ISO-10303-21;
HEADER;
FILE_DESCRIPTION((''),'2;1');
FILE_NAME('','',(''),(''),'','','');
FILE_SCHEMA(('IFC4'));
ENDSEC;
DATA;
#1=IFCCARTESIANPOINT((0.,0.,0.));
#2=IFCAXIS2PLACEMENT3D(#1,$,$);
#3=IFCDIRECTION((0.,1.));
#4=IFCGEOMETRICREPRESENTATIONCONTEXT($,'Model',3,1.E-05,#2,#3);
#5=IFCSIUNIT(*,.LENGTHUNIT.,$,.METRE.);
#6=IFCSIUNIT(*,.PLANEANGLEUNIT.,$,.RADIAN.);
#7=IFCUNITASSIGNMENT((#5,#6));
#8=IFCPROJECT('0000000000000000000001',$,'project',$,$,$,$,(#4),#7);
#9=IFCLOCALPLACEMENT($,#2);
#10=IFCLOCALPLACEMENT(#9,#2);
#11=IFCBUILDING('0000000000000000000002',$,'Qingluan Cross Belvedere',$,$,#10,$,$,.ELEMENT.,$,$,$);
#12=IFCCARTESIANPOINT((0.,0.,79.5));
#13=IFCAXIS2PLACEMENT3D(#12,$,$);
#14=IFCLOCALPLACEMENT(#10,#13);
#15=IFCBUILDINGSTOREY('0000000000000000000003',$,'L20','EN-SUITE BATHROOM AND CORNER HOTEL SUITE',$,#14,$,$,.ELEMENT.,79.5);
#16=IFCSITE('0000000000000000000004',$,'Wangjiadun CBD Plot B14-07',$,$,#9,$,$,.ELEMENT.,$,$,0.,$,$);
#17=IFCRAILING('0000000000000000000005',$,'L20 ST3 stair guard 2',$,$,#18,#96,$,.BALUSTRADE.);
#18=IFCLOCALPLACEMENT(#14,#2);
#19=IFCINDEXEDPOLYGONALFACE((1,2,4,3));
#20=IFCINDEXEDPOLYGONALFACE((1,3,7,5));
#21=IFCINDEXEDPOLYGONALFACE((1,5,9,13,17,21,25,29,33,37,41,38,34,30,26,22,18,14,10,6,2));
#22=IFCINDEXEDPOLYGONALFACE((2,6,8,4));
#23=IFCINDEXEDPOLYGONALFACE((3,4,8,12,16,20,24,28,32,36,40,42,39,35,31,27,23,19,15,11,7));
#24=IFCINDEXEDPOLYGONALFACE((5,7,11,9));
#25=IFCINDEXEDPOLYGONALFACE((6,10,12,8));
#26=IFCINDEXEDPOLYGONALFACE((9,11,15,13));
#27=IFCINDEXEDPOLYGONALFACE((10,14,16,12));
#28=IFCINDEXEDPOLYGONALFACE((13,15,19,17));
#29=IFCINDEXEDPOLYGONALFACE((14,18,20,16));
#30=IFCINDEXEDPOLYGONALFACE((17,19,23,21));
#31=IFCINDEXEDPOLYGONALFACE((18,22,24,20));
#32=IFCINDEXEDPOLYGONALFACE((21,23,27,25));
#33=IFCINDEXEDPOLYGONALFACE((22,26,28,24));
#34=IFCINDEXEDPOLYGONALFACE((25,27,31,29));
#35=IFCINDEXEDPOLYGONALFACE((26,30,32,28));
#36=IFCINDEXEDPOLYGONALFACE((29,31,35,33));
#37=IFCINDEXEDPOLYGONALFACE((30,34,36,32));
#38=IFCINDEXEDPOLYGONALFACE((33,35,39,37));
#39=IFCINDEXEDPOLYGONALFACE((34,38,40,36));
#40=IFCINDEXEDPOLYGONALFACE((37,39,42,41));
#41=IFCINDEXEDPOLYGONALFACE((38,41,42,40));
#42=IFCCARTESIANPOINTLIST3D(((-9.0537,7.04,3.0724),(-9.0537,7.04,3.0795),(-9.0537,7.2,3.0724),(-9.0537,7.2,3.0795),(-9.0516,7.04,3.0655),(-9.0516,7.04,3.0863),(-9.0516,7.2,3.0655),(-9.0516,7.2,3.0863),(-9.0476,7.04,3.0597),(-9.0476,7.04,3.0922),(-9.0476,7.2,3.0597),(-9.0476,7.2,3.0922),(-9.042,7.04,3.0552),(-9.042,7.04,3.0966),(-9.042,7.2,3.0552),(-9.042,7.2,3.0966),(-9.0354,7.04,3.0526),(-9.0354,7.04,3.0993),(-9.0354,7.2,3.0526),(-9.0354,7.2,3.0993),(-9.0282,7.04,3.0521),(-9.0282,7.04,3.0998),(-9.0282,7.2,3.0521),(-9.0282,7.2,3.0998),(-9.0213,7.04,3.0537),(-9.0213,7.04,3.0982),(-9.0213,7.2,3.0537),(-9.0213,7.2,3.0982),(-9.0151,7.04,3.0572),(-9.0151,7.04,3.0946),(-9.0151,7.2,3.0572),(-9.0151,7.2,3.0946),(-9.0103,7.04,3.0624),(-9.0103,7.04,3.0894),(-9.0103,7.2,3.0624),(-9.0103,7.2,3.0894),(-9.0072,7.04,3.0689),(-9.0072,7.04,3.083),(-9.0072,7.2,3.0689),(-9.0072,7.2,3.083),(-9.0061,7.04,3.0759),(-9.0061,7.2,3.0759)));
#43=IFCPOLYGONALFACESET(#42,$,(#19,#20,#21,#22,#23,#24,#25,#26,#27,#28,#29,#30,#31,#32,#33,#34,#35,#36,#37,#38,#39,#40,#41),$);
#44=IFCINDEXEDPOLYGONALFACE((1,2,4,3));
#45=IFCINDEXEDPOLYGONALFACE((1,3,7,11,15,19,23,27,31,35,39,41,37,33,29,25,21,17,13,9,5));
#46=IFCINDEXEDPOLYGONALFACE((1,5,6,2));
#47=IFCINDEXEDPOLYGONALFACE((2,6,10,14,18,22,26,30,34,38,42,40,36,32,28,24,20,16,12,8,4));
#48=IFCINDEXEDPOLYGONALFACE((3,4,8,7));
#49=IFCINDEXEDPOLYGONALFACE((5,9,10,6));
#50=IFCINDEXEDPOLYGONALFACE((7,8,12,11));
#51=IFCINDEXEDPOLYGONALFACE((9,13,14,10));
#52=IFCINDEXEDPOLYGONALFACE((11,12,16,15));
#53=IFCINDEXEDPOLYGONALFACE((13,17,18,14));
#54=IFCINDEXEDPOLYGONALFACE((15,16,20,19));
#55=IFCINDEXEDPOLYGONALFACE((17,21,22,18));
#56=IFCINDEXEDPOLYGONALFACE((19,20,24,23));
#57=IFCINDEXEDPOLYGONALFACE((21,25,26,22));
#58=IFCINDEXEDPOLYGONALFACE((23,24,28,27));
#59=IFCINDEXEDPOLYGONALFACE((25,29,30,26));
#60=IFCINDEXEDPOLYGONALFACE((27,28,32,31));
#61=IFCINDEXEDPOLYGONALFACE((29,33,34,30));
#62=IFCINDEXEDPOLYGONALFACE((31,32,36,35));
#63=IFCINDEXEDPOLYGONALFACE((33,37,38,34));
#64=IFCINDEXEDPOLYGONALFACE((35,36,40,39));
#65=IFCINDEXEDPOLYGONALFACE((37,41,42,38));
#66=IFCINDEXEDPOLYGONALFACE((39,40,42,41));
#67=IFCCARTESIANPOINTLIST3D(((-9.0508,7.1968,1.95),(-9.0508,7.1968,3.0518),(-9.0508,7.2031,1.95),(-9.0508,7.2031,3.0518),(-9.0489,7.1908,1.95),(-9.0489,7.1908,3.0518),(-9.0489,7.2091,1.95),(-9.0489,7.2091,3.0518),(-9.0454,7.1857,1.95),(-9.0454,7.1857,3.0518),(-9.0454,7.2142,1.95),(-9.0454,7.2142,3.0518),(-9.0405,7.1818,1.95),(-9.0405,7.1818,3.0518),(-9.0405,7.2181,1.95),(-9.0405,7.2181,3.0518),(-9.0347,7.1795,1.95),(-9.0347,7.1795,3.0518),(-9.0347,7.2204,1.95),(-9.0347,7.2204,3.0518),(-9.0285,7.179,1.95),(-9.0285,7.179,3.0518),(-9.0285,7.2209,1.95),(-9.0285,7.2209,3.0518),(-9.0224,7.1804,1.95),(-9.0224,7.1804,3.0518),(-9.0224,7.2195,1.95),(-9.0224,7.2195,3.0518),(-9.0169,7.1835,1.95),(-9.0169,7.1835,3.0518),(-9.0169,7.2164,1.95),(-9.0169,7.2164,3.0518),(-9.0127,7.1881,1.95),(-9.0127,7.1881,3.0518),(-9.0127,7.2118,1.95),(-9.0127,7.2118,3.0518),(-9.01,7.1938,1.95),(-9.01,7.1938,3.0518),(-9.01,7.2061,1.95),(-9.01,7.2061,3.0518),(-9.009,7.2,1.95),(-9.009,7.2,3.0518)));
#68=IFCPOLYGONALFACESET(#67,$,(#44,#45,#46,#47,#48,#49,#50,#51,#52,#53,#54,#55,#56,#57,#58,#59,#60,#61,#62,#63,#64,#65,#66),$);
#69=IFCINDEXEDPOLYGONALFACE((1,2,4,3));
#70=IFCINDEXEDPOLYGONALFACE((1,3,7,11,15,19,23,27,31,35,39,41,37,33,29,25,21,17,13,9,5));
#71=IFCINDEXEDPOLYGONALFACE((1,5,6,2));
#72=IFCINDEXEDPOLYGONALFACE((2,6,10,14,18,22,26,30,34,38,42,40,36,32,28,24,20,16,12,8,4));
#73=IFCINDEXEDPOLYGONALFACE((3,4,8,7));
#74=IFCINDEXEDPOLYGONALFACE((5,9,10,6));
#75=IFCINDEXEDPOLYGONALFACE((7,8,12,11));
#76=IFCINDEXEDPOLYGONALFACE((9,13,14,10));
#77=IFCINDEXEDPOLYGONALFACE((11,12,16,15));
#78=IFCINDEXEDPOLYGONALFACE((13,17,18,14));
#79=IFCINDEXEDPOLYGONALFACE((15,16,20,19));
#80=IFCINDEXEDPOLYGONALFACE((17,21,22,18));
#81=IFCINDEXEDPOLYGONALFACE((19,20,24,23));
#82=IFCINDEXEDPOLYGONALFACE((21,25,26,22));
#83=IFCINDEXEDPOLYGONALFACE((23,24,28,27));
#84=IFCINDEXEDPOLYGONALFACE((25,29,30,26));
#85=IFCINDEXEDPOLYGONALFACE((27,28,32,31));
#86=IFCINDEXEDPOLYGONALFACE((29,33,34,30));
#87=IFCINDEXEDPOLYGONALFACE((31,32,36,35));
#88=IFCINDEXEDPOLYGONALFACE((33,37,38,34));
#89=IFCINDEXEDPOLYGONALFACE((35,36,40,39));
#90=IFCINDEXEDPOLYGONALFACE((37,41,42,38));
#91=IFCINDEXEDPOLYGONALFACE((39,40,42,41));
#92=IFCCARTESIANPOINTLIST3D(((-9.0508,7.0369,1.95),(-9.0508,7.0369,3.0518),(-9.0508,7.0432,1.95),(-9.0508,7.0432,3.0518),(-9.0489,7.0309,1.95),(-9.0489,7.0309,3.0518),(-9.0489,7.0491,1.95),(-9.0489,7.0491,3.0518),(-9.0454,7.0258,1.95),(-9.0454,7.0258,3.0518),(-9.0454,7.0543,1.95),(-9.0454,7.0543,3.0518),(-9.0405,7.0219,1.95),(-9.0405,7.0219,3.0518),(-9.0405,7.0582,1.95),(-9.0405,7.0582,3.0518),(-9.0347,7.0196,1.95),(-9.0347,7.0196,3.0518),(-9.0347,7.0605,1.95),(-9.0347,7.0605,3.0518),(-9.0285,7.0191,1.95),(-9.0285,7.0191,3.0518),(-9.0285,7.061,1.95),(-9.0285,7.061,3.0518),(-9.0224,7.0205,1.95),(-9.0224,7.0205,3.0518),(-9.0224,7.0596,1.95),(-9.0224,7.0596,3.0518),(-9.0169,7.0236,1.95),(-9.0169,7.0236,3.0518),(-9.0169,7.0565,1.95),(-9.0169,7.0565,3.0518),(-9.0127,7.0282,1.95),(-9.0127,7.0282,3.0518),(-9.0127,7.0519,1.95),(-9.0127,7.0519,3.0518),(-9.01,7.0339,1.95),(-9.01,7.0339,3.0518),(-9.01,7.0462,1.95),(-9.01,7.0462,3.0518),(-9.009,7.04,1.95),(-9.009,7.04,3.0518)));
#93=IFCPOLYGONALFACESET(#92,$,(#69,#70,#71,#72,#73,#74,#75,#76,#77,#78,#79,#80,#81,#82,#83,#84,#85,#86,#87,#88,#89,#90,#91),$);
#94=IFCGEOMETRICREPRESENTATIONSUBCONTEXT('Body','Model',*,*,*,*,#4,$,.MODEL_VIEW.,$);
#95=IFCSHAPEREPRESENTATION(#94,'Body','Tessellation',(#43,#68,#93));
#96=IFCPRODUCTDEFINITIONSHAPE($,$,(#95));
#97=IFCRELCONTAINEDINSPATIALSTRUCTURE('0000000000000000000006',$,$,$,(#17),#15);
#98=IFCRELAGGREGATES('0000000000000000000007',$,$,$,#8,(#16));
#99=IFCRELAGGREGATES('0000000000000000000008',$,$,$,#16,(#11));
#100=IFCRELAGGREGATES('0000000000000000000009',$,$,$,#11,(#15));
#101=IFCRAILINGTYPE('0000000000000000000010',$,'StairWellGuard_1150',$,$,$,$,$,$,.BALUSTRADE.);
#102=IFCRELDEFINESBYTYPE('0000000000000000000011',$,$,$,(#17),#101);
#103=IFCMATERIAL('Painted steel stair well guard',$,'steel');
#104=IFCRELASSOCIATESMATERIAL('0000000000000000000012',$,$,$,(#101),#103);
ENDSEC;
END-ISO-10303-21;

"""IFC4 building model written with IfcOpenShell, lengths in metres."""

from ifc_helpers import new_model, si_unit, direction, frame, origin, origin_2d, place, context, subcontext, project, spatial, circle, extrude, material, type_object, element, save


model = new_model("IFC4")

# Units and contexts
model_context = context("Model", 3, precision=1e-05, world=origin(), true_north=direction((0.0, 1.0)))
body_context = subcontext(model_context, "Body", "Model", "MODEL_VIEW")
ifc_project = project(units=[si_unit("LENGTHUNIT", "METRE"), si_unit("PLANEANGLEUNIT", "RADIAN")], contexts=[model_context])

# Site, building, storey
site_placement = place(None, origin())
site = spatial("IfcSite", under=ifc_project, at=site_placement, Name="Wangjiadun CBD Plot B14-07", CompositionType="ELEMENT", RefElevation=0.0)
building_placement = place(site_placement, origin())
building = spatial("IfcBuilding", under=site, at=building_placement, Name="Qingluan Cross Belvedere", CompositionType="ELEMENT")
storey_placement = place(building_placement, frame((0.0, 0.0, 79.5)))
storey = spatial("IfcBuildingStorey", under=building, at=storey_placement, Name="L20", Description="EN-SUITE BATHROOM AND CORNER HOTEL SUITE", CompositionType="ELEMENT", Elevation=79.5)

# Railing
ifc_material_1 = material(Name="Painted steel stair well guard", Category="steel")
railing_type_1 = type_object("IfcRailingType", Name="StairWellGuard_1150", PredefinedType="BALUSTRADE", material=ifc_material_1)
railing_1_placement = place(storey_placement, frame((-9.03, 7.2, 1.95)))
element("IfcRailing", 1, at=railing_1_placement, inside=storey, type_object=railing_type_1, Name="L20 ST3 stair guard 2", PredefinedType="BALUSTRADE", context=body_context, shape_type="SweptSolid", body=[
    extrude(circle(Radius=0.0239, at=origin_2d()), frame((0.0, 0.0, 1.126), z_axis=(0.0, -1.0, 0.0), x_axis=(1.0, 0.0, 0.0)), (0.0, 0.0, 1.0), 0.1599),
    extrude(circle(Radius=0.021, at=origin_2d()), origin(), (0.0, 0.0, 1.0), 1.1018),
    extrude(circle(Radius=0.021, at=origin_2d()), frame((0.0, -0.1599, 0.0)), (0.0, 0.0, 1.0), 1.1018),
])

save(model, "model.ifc")
